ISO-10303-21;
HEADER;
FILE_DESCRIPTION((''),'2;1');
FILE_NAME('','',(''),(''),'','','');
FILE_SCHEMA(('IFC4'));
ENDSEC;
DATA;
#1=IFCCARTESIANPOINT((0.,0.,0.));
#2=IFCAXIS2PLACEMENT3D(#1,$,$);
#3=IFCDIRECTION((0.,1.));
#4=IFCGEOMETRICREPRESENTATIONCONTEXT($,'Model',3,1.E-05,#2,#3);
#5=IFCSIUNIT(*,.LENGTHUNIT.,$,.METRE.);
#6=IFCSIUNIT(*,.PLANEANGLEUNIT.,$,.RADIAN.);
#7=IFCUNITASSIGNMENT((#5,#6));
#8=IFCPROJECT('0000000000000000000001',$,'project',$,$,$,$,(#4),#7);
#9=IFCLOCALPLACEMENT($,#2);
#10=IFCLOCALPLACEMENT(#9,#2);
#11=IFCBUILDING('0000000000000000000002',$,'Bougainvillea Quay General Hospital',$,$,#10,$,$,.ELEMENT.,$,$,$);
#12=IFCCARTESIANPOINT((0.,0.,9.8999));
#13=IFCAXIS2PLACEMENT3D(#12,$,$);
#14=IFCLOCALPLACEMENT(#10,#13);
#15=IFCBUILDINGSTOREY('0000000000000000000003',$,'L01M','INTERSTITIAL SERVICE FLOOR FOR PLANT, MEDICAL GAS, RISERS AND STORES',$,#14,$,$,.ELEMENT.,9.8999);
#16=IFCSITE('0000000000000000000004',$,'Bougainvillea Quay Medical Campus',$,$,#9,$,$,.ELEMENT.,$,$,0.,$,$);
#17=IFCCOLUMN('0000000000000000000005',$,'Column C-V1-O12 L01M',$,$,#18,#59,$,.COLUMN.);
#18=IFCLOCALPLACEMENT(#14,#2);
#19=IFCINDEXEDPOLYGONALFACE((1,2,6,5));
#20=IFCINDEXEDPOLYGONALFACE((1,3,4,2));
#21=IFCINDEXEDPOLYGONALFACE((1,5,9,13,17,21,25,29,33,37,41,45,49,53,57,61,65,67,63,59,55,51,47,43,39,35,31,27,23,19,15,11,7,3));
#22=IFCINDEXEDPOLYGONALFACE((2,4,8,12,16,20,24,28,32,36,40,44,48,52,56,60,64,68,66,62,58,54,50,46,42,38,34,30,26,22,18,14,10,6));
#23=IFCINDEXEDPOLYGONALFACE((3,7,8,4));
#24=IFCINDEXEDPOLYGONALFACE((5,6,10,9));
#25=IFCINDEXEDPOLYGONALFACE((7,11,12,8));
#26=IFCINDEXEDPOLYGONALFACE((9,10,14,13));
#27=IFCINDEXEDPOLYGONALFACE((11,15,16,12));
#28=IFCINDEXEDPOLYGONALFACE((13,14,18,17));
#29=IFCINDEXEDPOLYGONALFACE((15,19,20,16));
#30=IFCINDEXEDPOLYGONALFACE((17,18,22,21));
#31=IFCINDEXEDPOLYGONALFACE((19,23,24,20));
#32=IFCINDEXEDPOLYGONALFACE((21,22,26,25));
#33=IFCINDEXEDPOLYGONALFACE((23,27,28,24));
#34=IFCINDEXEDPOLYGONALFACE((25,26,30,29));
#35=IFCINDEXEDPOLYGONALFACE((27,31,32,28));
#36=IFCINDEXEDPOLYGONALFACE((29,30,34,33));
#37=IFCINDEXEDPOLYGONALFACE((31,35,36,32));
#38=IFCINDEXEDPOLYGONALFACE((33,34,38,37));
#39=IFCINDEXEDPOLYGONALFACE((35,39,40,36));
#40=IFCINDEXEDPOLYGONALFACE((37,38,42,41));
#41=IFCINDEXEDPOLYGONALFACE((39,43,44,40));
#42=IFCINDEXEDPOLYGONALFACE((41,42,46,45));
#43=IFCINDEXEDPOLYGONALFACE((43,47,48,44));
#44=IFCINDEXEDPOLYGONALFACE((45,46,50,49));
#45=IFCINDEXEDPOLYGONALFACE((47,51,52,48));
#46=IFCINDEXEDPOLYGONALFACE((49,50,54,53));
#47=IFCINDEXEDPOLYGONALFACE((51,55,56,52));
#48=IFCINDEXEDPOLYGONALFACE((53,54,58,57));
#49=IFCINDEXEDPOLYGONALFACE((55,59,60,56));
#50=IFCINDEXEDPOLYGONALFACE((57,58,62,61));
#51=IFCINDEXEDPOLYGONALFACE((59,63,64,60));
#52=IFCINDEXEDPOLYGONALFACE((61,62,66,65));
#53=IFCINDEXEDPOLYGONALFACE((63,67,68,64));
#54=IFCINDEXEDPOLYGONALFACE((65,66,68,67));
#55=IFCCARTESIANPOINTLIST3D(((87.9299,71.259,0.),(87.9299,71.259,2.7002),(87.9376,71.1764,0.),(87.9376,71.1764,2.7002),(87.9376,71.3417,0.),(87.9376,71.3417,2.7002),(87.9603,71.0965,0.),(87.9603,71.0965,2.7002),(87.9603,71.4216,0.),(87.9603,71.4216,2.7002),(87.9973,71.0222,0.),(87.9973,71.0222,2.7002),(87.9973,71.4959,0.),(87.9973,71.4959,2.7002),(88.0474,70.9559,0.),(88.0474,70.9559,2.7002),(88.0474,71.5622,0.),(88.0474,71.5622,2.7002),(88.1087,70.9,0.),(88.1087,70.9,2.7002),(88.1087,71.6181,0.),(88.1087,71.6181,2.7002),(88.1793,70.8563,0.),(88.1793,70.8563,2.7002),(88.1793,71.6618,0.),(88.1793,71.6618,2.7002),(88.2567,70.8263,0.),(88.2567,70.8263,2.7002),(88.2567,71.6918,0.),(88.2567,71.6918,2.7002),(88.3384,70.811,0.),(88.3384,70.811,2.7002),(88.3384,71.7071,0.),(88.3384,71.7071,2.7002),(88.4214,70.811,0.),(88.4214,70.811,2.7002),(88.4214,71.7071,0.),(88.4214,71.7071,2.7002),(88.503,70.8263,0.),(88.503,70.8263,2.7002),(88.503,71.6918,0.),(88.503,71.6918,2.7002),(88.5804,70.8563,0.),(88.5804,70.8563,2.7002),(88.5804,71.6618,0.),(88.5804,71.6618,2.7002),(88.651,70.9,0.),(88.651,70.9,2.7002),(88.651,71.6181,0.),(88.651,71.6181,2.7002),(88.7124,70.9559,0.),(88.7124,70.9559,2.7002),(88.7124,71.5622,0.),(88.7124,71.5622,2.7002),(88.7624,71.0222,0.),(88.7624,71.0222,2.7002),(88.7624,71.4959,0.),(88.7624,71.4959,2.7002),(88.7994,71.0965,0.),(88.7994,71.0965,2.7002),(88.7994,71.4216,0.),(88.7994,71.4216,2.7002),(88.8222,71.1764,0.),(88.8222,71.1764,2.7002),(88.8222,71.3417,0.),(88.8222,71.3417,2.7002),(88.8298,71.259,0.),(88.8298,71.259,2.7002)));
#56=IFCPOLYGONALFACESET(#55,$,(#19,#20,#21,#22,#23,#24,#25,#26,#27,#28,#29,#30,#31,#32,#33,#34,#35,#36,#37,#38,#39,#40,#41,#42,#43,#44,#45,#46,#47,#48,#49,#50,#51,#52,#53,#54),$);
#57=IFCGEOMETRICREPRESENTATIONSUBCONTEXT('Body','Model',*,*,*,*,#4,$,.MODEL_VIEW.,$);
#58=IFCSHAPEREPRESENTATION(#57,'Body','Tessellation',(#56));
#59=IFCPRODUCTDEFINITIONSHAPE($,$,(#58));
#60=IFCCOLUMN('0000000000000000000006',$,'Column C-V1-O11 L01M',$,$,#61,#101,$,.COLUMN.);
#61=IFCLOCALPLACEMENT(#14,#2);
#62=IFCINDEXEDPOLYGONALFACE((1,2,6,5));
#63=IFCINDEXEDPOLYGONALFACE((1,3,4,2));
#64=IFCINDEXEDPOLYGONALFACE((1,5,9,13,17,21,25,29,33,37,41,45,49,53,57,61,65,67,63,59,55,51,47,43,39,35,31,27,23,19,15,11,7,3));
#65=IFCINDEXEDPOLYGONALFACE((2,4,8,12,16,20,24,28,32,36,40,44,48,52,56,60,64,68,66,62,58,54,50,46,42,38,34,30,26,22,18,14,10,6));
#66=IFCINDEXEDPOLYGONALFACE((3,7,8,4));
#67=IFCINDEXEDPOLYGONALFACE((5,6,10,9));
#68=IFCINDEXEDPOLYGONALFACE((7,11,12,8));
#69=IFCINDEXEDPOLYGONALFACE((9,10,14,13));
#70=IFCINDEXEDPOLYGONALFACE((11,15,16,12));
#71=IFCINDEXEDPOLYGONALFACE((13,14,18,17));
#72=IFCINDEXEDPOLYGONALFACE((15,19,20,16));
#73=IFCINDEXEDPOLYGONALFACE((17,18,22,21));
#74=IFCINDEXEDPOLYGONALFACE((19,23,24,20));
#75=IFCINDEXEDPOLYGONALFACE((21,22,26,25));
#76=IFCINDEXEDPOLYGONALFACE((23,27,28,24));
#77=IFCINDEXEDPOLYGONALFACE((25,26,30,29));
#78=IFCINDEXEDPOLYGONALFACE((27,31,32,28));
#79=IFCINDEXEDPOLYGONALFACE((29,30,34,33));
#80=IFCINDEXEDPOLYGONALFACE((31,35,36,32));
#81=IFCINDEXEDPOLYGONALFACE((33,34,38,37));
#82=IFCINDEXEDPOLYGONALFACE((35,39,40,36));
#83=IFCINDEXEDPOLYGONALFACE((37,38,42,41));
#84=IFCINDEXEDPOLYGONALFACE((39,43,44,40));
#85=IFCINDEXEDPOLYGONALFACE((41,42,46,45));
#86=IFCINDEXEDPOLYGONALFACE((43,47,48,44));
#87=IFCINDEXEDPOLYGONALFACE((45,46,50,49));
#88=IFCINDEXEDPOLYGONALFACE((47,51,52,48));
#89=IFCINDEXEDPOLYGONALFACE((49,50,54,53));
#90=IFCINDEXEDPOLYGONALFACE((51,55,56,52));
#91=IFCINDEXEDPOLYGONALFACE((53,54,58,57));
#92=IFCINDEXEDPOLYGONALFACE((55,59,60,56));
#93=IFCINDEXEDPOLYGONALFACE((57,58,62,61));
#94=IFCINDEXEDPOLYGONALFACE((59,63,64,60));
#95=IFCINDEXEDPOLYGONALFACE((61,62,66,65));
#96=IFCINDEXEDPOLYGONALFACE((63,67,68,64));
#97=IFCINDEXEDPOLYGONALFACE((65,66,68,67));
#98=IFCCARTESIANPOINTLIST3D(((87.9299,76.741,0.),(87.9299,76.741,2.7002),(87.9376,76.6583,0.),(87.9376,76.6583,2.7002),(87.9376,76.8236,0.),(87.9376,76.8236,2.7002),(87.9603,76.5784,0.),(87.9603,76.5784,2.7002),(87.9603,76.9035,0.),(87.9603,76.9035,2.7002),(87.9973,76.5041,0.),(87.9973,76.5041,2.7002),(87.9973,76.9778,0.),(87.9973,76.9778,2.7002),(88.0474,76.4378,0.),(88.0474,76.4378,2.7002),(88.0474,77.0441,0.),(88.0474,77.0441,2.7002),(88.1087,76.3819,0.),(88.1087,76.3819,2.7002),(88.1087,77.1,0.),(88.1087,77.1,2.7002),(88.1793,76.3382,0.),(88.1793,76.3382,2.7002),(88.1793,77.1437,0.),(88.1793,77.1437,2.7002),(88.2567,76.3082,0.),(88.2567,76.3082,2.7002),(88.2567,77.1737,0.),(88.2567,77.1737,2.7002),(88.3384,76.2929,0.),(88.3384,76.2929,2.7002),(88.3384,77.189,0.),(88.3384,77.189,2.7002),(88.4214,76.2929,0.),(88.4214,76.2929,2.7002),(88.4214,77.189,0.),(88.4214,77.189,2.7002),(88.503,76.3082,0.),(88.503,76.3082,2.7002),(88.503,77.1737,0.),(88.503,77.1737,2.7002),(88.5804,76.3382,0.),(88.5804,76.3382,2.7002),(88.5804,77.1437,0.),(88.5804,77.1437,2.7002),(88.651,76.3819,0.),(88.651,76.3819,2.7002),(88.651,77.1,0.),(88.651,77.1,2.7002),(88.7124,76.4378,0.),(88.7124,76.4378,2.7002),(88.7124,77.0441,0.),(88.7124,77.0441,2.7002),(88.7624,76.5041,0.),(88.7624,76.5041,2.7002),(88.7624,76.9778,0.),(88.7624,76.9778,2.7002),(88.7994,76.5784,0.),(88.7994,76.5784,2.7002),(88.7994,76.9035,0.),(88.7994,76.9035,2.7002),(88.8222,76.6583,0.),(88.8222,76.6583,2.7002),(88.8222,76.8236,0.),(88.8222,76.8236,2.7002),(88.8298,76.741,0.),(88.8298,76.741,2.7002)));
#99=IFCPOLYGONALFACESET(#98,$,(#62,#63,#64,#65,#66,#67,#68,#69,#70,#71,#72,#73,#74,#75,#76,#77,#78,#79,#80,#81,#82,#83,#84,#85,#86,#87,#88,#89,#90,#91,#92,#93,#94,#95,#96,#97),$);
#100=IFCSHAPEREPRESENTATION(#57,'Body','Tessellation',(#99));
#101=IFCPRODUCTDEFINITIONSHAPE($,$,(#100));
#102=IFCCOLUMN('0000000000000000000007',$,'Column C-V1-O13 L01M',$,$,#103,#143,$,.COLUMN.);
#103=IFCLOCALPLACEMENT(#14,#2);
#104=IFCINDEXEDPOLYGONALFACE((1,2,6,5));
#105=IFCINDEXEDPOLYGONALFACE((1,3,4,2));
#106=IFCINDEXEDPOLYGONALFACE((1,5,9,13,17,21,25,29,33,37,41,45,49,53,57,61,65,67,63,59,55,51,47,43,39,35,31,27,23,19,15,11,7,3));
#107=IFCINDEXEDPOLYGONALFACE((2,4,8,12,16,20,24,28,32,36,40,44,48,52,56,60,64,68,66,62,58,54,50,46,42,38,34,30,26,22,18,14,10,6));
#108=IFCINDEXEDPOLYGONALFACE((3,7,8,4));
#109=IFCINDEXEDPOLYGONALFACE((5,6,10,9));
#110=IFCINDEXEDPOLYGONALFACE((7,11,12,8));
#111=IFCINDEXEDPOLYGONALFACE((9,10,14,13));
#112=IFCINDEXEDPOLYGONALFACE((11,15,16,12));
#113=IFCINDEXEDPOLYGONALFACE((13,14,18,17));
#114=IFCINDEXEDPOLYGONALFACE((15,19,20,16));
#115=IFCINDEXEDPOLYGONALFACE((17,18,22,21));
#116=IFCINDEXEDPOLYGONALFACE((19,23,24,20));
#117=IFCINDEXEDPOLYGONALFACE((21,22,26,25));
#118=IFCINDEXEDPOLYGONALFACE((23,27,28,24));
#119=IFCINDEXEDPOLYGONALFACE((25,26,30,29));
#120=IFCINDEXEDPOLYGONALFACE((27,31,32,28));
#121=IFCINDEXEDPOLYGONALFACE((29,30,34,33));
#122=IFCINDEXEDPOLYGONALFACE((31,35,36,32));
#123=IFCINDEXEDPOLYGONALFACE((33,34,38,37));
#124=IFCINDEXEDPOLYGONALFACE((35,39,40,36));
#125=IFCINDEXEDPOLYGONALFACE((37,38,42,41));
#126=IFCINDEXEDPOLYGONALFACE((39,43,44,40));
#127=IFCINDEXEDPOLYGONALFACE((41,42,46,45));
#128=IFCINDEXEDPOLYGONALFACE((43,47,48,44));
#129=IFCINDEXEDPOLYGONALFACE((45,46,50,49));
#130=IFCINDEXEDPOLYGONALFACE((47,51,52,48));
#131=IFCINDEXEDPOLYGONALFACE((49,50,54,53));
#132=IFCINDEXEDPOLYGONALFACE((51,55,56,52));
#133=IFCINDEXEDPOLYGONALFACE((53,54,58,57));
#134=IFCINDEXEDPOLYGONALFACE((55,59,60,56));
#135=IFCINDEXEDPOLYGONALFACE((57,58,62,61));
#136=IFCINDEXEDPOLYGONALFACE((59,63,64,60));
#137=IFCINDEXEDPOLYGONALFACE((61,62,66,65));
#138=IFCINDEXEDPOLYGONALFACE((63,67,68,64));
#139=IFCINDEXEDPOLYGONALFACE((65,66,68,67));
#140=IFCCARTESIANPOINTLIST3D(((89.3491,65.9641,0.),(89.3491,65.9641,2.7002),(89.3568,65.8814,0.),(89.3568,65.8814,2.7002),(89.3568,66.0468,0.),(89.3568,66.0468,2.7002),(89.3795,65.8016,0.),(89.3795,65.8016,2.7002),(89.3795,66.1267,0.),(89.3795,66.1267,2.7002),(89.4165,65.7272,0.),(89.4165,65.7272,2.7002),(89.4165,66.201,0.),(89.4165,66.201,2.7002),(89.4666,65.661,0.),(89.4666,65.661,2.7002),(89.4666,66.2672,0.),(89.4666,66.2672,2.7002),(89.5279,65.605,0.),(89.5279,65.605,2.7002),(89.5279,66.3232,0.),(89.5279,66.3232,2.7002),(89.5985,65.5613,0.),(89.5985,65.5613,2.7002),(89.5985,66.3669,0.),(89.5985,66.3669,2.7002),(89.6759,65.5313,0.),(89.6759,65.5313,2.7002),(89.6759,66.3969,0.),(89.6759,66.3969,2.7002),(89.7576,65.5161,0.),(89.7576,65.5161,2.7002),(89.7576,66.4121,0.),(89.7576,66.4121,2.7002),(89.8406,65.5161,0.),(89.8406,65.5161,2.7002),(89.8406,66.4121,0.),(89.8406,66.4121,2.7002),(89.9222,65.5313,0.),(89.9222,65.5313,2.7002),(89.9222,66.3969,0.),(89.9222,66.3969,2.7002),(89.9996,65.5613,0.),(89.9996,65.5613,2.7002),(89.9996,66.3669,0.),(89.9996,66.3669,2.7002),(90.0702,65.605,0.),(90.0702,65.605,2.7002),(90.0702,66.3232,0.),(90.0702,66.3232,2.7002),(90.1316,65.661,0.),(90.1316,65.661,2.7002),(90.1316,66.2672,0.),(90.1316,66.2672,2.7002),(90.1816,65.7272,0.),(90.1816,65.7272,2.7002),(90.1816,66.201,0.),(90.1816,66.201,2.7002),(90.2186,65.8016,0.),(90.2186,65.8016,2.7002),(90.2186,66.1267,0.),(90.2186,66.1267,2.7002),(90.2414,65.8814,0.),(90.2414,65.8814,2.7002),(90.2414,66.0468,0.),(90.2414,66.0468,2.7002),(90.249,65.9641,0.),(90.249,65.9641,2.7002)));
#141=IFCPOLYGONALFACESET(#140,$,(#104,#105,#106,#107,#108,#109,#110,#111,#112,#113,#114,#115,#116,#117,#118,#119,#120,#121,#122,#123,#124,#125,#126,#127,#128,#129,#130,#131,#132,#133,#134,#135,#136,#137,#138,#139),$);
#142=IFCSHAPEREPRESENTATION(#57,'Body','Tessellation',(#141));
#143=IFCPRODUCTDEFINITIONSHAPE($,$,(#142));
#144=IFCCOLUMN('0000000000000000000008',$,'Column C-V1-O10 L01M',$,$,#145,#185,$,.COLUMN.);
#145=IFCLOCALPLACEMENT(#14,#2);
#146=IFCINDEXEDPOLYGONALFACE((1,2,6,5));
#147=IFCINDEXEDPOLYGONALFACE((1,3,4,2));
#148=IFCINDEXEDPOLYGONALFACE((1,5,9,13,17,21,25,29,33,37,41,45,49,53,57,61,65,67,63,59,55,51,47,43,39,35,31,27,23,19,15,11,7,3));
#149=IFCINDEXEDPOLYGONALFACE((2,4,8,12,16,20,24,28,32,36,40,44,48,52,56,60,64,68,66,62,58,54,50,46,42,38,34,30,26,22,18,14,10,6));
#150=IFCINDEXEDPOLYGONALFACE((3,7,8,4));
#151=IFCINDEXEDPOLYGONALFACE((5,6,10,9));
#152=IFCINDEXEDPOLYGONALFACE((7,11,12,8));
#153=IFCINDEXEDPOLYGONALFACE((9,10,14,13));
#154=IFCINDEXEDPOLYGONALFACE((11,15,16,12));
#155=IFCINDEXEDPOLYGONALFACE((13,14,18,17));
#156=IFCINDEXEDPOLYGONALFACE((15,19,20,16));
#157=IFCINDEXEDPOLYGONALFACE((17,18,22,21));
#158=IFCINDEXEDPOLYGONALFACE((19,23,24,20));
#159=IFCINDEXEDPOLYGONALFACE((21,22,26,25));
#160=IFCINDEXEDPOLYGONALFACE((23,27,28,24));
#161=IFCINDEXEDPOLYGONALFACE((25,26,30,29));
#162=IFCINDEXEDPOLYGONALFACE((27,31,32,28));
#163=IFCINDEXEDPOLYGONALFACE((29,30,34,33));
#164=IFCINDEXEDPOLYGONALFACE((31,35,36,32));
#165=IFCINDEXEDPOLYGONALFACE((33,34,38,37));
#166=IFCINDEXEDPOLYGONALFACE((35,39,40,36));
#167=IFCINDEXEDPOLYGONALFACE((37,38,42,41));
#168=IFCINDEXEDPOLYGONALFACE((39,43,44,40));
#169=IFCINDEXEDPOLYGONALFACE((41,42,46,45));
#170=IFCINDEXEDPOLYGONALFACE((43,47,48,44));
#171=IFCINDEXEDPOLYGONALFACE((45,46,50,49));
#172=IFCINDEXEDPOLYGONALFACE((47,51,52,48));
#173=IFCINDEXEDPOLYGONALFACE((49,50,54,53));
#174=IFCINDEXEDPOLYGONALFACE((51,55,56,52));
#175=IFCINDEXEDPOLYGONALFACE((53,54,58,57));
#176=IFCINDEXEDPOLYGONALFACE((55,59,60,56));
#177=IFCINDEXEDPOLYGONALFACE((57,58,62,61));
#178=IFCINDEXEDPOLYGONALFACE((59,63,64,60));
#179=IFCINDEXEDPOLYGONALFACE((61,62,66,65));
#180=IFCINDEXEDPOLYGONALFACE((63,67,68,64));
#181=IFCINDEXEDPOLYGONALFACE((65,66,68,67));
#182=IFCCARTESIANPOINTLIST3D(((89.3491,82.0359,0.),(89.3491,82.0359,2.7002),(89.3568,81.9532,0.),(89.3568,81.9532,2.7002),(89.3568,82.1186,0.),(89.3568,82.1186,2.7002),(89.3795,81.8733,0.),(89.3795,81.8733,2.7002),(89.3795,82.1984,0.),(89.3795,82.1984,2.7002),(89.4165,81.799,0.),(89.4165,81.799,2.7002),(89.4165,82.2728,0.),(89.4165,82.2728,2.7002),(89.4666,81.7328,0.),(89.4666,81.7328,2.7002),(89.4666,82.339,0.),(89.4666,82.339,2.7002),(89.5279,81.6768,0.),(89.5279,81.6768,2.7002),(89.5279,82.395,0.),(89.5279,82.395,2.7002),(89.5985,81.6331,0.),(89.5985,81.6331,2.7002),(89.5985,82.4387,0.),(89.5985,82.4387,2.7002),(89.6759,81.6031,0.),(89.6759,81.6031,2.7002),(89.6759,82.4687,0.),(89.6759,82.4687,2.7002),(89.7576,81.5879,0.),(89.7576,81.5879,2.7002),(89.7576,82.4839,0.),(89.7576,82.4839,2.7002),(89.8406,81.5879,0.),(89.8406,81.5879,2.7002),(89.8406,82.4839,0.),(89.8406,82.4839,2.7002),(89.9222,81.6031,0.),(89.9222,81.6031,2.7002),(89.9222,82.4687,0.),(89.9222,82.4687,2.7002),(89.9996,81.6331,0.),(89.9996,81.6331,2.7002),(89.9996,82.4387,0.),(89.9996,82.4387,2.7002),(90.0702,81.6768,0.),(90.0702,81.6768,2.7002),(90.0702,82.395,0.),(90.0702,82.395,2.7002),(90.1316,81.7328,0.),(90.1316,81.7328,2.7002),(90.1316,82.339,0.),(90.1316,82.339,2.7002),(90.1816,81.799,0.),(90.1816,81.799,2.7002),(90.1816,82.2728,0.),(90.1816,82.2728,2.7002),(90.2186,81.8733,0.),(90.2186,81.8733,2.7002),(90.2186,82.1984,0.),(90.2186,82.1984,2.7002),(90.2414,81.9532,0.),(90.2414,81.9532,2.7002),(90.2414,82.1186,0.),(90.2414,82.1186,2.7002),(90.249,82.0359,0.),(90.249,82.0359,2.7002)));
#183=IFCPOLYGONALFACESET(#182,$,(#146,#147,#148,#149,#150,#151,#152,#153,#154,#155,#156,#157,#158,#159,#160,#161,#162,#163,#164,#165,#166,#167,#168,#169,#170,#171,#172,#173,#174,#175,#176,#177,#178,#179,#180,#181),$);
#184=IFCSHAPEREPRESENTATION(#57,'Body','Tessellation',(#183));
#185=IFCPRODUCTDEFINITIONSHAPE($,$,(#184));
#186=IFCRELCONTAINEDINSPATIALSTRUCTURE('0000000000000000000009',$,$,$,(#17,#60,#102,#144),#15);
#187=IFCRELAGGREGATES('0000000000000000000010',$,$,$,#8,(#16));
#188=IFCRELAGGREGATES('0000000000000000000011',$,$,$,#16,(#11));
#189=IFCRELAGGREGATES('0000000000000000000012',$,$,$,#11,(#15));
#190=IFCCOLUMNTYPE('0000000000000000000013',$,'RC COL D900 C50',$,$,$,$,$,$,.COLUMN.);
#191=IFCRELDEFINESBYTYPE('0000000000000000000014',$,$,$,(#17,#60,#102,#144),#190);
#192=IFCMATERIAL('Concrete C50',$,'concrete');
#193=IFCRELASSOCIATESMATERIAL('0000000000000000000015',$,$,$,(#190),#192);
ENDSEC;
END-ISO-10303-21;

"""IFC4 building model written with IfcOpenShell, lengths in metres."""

from ifc_helpers import new_model, si_unit, direction, frame, origin, origin_2d, place, context, subcontext, project, spatial, circle, extrude, material, material_profile, profile_set, type_object, element, save


model = new_model("IFC4")

# Units and contexts
model_context = context("Model", 3, precision=1e-05, world=origin(), true_north=direction((0.0, 1.0)))
body_context = subcontext(model_context, "Body", "Model", "MODEL_VIEW")
ifc_project = project(units=[si_unit("LENGTHUNIT", "METRE"), si_unit("PLANEANGLEUNIT", "RADIAN")], contexts=[model_context])

# Site, building, storey
site_placement = place(None, origin())
site = spatial("IfcSite", under=ifc_project, at=site_placement, Name="Bougainvillea Quay Medical Campus", CompositionType="ELEMENT", RefElevation=0.0)
building_placement = place(site_placement, origin())
building = spatial("IfcBuilding", under=site, at=building_placement, Name="Bougainvillea Quay General Hospital", CompositionType="ELEMENT")
storey_placement = place(building_placement, frame((0.0, 0.0, 9.8999)))
storey = spatial("IfcBuildingStorey", under=building, at=storey_placement, Name="L01M", Description="INTERSTITIAL SERVICE FLOOR FOR PLANT, MEDICAL GAS, RISERS AND STORES", CompositionType="ELEMENT", Elevation=9.8999)

# Columns
ifc_material_1 = material(Name="Concrete C50", Category="concrete")
ifc_material_profile_1 = material_profile(ifc_material_1, circle(Radius=0.45, at=origin_2d()))
ifc_profile_set_1 = profile_set([ifc_material_profile_1], Name="Concrete C50")
column_type = type_object("IfcColumnType", Name="RC COL D900 C50", PredefinedType="COLUMN", material=ifc_profile_set_1)
for number, where, z_axis, x_axis, name in (
    (1, (88.3799, 71.259, 0.0), (0.0, 0.0, 1.0), (1.0, 0.0, 0.0), "Column C-V1-O12 L01M"),
    (2, (88.3799, 76.741, 0.0), (0.0, 0.0, 1.0), (1.0, 0.0, 0.0), "Column C-V1-O11 L01M"),
    (3, (89.7991, 65.9641, 0.0), (0.0, 0.0, 1.0), (1.0, 0.0, 0.0), "Column C-V1-O13 L01M"),
    (4, (89.7991, 82.0359, 0.0), (0.0, 0.0, 1.0), (1.0, 0.0, 0.0), "Column C-V1-O10 L01M"),
):
    element("IfcColumn", number, at=place(storey_placement, frame(where, z_axis=z_axis, x_axis=x_axis)), inside=storey, type_object=column_type, Name=name, PredefinedType="COLUMN", context=body_context, shape_type="SweptSolid", body=[
        extrude(circle(Radius=0.45, at=origin_2d()), origin(), (0.0, 0.0, 1.0), 2.7002),
    ])

save(model, "model.ifc")
